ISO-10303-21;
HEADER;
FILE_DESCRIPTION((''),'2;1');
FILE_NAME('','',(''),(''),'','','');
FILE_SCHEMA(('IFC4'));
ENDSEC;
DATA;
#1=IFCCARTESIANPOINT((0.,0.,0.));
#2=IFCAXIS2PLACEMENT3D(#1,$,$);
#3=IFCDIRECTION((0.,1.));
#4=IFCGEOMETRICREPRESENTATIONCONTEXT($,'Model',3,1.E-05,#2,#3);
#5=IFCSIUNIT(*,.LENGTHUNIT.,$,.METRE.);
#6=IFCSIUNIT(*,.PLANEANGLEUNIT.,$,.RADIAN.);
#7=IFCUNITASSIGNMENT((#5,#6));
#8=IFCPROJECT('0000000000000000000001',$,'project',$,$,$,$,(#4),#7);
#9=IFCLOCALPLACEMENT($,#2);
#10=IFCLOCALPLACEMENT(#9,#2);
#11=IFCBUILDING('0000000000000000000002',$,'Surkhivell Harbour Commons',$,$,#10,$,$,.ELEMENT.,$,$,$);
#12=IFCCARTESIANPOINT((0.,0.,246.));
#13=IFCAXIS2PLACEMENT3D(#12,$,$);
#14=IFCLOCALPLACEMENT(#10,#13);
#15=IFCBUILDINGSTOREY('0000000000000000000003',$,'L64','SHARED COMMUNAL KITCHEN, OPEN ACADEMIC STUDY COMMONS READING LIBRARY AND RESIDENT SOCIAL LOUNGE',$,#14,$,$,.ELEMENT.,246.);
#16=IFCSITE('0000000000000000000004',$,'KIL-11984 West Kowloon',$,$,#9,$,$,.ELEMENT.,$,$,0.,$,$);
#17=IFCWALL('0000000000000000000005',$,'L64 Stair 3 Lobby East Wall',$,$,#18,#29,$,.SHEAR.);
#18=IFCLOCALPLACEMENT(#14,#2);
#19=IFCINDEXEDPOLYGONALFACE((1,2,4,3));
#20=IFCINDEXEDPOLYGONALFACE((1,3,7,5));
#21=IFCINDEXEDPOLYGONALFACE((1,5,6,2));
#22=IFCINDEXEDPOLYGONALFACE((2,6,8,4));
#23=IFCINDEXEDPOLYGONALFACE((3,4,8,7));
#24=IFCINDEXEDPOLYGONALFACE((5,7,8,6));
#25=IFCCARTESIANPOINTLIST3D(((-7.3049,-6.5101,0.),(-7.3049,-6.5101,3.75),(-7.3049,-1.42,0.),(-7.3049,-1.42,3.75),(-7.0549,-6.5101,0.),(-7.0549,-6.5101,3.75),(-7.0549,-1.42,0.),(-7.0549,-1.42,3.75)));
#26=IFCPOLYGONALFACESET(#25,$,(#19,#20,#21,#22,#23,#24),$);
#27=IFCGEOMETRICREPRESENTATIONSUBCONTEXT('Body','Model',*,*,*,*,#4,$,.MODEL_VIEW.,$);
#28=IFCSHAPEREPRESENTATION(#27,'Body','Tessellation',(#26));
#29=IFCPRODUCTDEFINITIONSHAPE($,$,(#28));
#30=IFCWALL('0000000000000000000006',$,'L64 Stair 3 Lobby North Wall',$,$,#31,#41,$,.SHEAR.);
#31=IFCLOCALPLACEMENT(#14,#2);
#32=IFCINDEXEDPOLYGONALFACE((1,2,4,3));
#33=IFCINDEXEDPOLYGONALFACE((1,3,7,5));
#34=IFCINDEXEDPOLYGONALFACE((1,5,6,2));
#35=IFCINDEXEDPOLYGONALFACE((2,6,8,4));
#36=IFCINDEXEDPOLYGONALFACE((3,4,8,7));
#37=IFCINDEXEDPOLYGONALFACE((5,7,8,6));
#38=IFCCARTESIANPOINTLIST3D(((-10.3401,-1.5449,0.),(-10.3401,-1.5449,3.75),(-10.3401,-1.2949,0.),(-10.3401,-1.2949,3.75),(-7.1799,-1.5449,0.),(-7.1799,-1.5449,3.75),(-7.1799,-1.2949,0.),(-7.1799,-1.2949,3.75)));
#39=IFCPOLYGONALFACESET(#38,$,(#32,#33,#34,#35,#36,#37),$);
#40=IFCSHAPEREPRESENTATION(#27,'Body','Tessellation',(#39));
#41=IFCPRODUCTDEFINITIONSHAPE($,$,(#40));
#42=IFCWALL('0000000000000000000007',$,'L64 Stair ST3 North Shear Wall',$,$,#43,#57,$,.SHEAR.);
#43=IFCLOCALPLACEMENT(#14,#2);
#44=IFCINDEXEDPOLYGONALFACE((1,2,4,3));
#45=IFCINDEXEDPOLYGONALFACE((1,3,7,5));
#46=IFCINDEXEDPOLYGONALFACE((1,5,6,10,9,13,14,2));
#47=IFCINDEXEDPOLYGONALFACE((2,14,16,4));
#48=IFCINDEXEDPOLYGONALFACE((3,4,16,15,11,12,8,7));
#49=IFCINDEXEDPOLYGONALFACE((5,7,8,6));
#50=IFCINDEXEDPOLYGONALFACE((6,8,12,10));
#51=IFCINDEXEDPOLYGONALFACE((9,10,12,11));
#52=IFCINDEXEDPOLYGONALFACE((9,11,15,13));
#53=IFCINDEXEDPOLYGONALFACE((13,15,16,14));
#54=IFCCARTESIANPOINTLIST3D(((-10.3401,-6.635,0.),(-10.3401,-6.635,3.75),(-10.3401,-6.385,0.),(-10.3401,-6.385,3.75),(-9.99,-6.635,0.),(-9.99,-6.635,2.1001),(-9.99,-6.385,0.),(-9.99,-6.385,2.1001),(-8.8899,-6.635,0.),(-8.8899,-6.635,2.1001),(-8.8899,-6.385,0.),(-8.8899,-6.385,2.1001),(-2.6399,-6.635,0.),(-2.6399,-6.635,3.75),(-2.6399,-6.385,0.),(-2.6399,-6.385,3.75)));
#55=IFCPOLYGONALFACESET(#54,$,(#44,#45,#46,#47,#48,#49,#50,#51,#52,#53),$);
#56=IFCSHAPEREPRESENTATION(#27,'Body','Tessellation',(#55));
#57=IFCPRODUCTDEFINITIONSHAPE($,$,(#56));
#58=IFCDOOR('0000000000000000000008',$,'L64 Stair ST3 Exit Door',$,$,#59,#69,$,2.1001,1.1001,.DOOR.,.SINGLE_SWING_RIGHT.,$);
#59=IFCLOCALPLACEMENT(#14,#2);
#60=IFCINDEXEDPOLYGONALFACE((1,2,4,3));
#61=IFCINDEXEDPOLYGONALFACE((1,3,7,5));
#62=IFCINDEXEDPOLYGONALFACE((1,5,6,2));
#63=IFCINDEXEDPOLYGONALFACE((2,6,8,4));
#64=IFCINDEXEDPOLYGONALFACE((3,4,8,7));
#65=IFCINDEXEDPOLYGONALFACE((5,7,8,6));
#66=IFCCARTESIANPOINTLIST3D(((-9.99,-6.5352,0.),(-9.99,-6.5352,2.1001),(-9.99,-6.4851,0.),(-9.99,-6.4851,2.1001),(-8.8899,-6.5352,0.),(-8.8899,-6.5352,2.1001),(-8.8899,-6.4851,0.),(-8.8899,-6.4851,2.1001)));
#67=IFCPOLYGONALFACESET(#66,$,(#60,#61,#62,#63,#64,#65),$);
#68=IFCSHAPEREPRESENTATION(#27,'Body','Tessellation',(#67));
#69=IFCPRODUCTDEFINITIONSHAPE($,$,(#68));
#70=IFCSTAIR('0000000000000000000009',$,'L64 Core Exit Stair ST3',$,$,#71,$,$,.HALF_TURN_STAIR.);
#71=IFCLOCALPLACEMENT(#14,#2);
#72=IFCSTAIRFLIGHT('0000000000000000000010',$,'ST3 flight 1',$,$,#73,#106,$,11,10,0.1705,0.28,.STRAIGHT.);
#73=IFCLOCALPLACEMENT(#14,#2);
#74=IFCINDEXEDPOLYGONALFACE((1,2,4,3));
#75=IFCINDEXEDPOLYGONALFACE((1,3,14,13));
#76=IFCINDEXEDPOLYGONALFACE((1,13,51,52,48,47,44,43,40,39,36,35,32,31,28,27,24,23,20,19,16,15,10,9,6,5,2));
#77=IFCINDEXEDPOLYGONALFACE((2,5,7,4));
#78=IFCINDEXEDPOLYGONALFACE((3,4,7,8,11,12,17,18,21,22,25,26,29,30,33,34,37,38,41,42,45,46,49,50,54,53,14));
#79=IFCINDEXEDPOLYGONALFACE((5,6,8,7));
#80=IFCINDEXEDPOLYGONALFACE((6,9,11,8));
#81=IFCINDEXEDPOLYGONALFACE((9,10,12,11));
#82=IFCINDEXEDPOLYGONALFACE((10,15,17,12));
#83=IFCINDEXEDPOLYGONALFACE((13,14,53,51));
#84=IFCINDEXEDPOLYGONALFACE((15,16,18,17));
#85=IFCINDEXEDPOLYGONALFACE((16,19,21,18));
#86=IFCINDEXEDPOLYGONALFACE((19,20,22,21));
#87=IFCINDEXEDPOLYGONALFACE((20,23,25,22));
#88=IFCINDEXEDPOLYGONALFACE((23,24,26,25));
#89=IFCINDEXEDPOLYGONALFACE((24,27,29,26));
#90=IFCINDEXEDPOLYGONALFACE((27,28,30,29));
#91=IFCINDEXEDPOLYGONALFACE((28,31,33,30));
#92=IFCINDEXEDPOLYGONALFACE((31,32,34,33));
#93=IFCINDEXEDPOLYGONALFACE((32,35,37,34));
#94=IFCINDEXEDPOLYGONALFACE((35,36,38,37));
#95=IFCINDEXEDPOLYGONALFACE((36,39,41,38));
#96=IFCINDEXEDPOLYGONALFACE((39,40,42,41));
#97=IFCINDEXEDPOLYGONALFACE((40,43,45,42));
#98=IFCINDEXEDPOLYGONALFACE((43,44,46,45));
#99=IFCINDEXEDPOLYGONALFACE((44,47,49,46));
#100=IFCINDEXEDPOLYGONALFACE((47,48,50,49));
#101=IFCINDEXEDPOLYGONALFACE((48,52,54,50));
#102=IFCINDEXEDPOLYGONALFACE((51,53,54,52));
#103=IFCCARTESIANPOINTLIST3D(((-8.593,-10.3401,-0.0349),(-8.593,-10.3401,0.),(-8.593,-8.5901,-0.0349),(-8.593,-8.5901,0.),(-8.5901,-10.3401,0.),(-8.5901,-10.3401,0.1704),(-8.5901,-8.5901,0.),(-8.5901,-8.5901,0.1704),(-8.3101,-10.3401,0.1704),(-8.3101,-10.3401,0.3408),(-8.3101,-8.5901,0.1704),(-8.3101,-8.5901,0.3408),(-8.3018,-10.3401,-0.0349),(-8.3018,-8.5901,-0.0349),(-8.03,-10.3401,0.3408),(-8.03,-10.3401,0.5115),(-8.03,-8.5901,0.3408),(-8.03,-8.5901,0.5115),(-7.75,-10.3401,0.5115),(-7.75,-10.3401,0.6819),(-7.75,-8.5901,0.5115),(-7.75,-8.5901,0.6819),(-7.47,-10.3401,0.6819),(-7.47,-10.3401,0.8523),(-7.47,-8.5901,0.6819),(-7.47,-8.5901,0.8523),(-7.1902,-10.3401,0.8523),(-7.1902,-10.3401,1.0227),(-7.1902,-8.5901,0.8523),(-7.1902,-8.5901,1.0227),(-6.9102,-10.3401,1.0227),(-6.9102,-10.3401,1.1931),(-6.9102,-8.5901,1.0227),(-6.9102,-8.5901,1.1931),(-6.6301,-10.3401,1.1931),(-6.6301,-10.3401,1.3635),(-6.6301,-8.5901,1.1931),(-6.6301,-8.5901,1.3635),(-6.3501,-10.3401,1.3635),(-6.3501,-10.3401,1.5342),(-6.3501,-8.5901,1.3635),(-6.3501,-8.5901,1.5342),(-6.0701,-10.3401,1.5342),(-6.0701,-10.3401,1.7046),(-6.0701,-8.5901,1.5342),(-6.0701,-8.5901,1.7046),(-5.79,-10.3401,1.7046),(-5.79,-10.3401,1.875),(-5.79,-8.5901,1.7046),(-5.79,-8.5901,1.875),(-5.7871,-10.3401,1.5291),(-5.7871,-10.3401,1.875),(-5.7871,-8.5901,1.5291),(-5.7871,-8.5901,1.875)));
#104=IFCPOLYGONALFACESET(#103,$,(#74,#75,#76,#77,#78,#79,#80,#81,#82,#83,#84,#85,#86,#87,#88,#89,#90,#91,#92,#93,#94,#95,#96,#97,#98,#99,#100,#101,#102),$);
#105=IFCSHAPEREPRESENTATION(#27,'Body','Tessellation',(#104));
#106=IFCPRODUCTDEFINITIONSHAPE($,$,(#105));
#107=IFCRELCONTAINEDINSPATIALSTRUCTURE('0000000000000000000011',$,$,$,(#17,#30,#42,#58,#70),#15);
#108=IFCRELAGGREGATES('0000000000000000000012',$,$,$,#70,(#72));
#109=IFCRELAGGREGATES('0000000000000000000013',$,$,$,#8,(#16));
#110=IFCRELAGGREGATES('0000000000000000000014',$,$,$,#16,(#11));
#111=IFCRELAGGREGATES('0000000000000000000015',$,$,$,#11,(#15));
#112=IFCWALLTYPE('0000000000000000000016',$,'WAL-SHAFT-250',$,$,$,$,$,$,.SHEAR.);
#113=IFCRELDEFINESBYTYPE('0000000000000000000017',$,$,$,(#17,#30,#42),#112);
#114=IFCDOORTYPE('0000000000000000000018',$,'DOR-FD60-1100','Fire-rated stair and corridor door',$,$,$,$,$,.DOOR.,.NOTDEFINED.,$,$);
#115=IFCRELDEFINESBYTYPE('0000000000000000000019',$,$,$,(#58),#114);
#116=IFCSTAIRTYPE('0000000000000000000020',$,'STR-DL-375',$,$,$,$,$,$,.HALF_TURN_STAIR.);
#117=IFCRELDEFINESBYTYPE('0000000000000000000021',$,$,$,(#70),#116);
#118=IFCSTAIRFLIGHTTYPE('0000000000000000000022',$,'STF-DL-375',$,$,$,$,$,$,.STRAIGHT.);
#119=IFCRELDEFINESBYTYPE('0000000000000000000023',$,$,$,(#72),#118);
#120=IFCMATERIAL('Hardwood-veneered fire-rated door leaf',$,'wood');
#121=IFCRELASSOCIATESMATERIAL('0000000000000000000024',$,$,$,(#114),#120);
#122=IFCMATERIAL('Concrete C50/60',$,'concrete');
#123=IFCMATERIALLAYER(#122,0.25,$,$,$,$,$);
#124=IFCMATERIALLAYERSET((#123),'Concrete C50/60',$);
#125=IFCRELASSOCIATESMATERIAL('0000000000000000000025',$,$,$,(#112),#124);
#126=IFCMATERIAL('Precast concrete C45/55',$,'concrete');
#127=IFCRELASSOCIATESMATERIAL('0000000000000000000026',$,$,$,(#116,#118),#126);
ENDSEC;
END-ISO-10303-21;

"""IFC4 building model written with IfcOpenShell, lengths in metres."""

from ifc_helpers import new_model, si_unit, direction, frame, frame_2d, origin, place, context, subcontext, project, spatial, polyline, rectangle, outline, extrude, material, layer, layer_set, type_object, element, fill, aggregate, save


model = new_model("IFC4")

# Units and contexts
model_context = context("Model", 3, precision=1e-05, world=origin(), true_north=direction((0.0, 1.0)))
body_context = subcontext(model_context, "Body", "Model", "MODEL_VIEW")
ifc_project = project(units=[si_unit("LENGTHUNIT", "METRE"), si_unit("PLANEANGLEUNIT", "RADIAN")], contexts=[model_context])

# Site, building, storey
site_placement = place(None, origin())
site = spatial("IfcSite", under=ifc_project, at=site_placement, Name="KIL-11984 West Kowloon", CompositionType="ELEMENT", RefElevation=0.0)
building_placement = place(site_placement, origin())
building = spatial("IfcBuilding", under=site, at=building_placement, Name="Surkhivell Harbour Commons", CompositionType="ELEMENT")
storey_placement = place(building_placement, frame((0.0, 0.0, 246.0)))
storey = spatial("IfcBuildingStorey", under=building, at=storey_placement, Name="L64", Description="SHARED COMMUNAL KITCHEN, OPEN ACADEMIC STUDY COMMONS READING LIBRARY AND RESIDENT SOCIAL LOUNGE", CompositionType="ELEMENT", Elevation=246.0)

# Shared definitions
ifc_material_1 = material(Name="Hardwood-veneered fire-rated door leaf", Category="wood")
door_type_1 = type_object("IfcDoorType", Name="DOR-FD60-1100", Description="Fire-rated stair and corridor door", OperationType="NOTDEFINED", PredefinedType="DOOR", material=ifc_material_1)

# Walls
ifc_material_2 = material(Name="Concrete C50/60", Category="concrete")
ifc_layer_1 = layer(ifc_material_2, 0.25)
ifc_layer_set_1 = layer_set([ifc_layer_1], Name="Concrete C50/60")
wall_type_1 = type_object("IfcWallType", Name="WAL-SHAFT-250", PredefinedType="SHEAR", material=ifc_layer_set_1)
wall_1_placement = place(storey_placement, frame((-7.1799, -6.51, 0.0), z_axis=(0.0, 0.0, 1.0), x_axis=(0.0, 1.0, 0.0)))
element("IfcWall", 1, at=wall_1_placement, inside=storey, type_object=wall_type_1, Name="L64 Stair 3 Lobby East Wall", PredefinedType="SHEAR", context=body_context, shape_type="SweptSolid", body=[
    extrude(rectangle(XDim=5.0901, YDim=0.25, at=frame_2d((2.5449, 0.0))), origin(), (0.0, 0.0, 1.0), 3.75),
])
wall_2_placement = place(storey_placement, frame((-10.3401, -1.4199, 0.0), z_axis=(0.0, 0.0, 1.0), x_axis=(1.0, 0.0, 0.0)))
element("IfcWall", 2, at=wall_2_placement, inside=storey, type_object=wall_type_1, Name="L64 Stair 3 Lobby North Wall", PredefinedType="SHEAR", context=body_context, shape_type="SweptSolid", body=[
    extrude(rectangle(XDim=3.1602, YDim=0.25, at=frame_2d((1.5801, 0.0))), origin(), (0.0, 0.0, 1.0), 3.75),
])

# Wall, opening, door
wall_3_placement = place(storey_placement, frame((-10.3401, -6.51, 0.0), z_axis=(0.0, 0.0, 1.0), x_axis=(1.0, 0.0, 0.0)))
wall_3 = element("IfcWall", 3, at=wall_3_placement, inside=storey, type_object=wall_type_1, Name="L64 Stair ST3 North Shear Wall", PredefinedType="SHEAR", context=body_context, shape_type="SweptSolid", body=[
    extrude(rectangle(XDim=7.7002, YDim=0.25, at=frame_2d((3.8501, 0.0))), origin(), (0.0, 0.0, 1.0), 3.75),
])
opening_1_placement = place(wall_3_placement, frame((0.3501, 0.0, 0.0)))
opening_1 = element("IfcOpeningElement", 4, at=opening_1_placement, cuts=wall_3, PredefinedType="OPENING", context=body_context, shape_type="SweptSolid", body=[
    extrude(rectangle(XDim=1.1001, YDim=2.1001, at=frame_2d((0.55, 1.05))), frame((0.0, 0.135, 0.0), z_axis=(0.0, -1.0, 0.0), x_axis=(1.0, 0.0, 0.0)), (0.0, 0.0, 1.0), 0.27),
])
door_1_placement = place(opening_1_placement, origin())
door_1 = element("IfcDoor", 5, at=door_1_placement, inside=storey, type_object=door_type_1, Name="L64 Stair ST3 Exit Door", OperationType="SINGLE_SWING_RIGHT", OverallHeight=2.1001, OverallWidth=1.1001, PredefinedType="DOOR", context=body_context, shape_type="SweptSolid", body=[
    extrude(rectangle(XDim=1.1001, YDim=2.1001, at=frame_2d((0.55, 1.05))), frame((0.0, 0.0249, 0.0), z_axis=(0.0, -1.0, 0.0), x_axis=(1.0, 0.0, 0.0)), (0.0, 0.0, 1.0), 0.05),
])
fill(opening_1, door_1)

# Stair, stair flight
ifc_material_3 = material(Name="Precast concrete C45/55", Category="concrete")
stair_type = type_object("IfcStairType", Name="STR-DL-375", PredefinedType="HALF_TURN_STAIR", material=ifc_material_3)
stair_placement = place(storey_placement, origin())
stair = element("IfcStair", 6, at=stair_placement, inside=storey, type_object=stair_type, Name="L64 Core Exit Stair ST3", PredefinedType="HALF_TURN_STAIR")
stair_flight_type = type_object("IfcStairFlightType", Name="STF-DL-375", PredefinedType="STRAIGHT", material=ifc_material_3)
stair_flight_placement = place(storey_placement, frame((-8.5901, -9.4651, 0.0), z_axis=(0.0, 0.0, 1.0), x_axis=(1.0, 0.0, 0.0)))
stair_flight = element("IfcStairFlight", 7, at=stair_flight_placement, type_object=stair_flight_type, Name="ST3 flight 1", NumberOfRisers=11, NumberOfTreads=10, PredefinedType="STRAIGHT", RiserHeight=0.1705, TreadLength=0.28, context=body_context, shape_type="SweptSolid", body=[
    extrude(outline(polyline([(-0.0029, -0.0349), (-0.0029, 0.0), (0.0, 0.0), (0.0, 0.1704), (0.28, 0.1704), (0.28, 0.3408), (0.5601, 0.3408), (0.5601, 0.5115), (0.8401, 0.5115), (0.8401, 0.6819), (1.1201, 0.6819), (1.1201, 0.8523), (1.3999, 0.8523), (1.3999, 1.0227), (1.6799, 1.0227), (1.6799, 1.1931), (1.96, 1.1931), (1.96, 1.3635), (2.24, 1.3635), (2.24, 1.5342), (2.52, 1.5342), (2.52, 1.7046), (2.8, 1.7046), (2.8, 1.875), (2.803, 1.875), (2.803, 1.5291), (0.2883, -0.0349), (-0.0029, -0.0349)])), frame((0.0, 0.875, 0.0), z_axis=(0.0, -1.0, 0.0), x_axis=(1.0, 0.0, 0.0)), (0.0, 0.0, 1.0), 1.75),
])
aggregate(stair, [stair_flight])

save(model, "model.ifc")
